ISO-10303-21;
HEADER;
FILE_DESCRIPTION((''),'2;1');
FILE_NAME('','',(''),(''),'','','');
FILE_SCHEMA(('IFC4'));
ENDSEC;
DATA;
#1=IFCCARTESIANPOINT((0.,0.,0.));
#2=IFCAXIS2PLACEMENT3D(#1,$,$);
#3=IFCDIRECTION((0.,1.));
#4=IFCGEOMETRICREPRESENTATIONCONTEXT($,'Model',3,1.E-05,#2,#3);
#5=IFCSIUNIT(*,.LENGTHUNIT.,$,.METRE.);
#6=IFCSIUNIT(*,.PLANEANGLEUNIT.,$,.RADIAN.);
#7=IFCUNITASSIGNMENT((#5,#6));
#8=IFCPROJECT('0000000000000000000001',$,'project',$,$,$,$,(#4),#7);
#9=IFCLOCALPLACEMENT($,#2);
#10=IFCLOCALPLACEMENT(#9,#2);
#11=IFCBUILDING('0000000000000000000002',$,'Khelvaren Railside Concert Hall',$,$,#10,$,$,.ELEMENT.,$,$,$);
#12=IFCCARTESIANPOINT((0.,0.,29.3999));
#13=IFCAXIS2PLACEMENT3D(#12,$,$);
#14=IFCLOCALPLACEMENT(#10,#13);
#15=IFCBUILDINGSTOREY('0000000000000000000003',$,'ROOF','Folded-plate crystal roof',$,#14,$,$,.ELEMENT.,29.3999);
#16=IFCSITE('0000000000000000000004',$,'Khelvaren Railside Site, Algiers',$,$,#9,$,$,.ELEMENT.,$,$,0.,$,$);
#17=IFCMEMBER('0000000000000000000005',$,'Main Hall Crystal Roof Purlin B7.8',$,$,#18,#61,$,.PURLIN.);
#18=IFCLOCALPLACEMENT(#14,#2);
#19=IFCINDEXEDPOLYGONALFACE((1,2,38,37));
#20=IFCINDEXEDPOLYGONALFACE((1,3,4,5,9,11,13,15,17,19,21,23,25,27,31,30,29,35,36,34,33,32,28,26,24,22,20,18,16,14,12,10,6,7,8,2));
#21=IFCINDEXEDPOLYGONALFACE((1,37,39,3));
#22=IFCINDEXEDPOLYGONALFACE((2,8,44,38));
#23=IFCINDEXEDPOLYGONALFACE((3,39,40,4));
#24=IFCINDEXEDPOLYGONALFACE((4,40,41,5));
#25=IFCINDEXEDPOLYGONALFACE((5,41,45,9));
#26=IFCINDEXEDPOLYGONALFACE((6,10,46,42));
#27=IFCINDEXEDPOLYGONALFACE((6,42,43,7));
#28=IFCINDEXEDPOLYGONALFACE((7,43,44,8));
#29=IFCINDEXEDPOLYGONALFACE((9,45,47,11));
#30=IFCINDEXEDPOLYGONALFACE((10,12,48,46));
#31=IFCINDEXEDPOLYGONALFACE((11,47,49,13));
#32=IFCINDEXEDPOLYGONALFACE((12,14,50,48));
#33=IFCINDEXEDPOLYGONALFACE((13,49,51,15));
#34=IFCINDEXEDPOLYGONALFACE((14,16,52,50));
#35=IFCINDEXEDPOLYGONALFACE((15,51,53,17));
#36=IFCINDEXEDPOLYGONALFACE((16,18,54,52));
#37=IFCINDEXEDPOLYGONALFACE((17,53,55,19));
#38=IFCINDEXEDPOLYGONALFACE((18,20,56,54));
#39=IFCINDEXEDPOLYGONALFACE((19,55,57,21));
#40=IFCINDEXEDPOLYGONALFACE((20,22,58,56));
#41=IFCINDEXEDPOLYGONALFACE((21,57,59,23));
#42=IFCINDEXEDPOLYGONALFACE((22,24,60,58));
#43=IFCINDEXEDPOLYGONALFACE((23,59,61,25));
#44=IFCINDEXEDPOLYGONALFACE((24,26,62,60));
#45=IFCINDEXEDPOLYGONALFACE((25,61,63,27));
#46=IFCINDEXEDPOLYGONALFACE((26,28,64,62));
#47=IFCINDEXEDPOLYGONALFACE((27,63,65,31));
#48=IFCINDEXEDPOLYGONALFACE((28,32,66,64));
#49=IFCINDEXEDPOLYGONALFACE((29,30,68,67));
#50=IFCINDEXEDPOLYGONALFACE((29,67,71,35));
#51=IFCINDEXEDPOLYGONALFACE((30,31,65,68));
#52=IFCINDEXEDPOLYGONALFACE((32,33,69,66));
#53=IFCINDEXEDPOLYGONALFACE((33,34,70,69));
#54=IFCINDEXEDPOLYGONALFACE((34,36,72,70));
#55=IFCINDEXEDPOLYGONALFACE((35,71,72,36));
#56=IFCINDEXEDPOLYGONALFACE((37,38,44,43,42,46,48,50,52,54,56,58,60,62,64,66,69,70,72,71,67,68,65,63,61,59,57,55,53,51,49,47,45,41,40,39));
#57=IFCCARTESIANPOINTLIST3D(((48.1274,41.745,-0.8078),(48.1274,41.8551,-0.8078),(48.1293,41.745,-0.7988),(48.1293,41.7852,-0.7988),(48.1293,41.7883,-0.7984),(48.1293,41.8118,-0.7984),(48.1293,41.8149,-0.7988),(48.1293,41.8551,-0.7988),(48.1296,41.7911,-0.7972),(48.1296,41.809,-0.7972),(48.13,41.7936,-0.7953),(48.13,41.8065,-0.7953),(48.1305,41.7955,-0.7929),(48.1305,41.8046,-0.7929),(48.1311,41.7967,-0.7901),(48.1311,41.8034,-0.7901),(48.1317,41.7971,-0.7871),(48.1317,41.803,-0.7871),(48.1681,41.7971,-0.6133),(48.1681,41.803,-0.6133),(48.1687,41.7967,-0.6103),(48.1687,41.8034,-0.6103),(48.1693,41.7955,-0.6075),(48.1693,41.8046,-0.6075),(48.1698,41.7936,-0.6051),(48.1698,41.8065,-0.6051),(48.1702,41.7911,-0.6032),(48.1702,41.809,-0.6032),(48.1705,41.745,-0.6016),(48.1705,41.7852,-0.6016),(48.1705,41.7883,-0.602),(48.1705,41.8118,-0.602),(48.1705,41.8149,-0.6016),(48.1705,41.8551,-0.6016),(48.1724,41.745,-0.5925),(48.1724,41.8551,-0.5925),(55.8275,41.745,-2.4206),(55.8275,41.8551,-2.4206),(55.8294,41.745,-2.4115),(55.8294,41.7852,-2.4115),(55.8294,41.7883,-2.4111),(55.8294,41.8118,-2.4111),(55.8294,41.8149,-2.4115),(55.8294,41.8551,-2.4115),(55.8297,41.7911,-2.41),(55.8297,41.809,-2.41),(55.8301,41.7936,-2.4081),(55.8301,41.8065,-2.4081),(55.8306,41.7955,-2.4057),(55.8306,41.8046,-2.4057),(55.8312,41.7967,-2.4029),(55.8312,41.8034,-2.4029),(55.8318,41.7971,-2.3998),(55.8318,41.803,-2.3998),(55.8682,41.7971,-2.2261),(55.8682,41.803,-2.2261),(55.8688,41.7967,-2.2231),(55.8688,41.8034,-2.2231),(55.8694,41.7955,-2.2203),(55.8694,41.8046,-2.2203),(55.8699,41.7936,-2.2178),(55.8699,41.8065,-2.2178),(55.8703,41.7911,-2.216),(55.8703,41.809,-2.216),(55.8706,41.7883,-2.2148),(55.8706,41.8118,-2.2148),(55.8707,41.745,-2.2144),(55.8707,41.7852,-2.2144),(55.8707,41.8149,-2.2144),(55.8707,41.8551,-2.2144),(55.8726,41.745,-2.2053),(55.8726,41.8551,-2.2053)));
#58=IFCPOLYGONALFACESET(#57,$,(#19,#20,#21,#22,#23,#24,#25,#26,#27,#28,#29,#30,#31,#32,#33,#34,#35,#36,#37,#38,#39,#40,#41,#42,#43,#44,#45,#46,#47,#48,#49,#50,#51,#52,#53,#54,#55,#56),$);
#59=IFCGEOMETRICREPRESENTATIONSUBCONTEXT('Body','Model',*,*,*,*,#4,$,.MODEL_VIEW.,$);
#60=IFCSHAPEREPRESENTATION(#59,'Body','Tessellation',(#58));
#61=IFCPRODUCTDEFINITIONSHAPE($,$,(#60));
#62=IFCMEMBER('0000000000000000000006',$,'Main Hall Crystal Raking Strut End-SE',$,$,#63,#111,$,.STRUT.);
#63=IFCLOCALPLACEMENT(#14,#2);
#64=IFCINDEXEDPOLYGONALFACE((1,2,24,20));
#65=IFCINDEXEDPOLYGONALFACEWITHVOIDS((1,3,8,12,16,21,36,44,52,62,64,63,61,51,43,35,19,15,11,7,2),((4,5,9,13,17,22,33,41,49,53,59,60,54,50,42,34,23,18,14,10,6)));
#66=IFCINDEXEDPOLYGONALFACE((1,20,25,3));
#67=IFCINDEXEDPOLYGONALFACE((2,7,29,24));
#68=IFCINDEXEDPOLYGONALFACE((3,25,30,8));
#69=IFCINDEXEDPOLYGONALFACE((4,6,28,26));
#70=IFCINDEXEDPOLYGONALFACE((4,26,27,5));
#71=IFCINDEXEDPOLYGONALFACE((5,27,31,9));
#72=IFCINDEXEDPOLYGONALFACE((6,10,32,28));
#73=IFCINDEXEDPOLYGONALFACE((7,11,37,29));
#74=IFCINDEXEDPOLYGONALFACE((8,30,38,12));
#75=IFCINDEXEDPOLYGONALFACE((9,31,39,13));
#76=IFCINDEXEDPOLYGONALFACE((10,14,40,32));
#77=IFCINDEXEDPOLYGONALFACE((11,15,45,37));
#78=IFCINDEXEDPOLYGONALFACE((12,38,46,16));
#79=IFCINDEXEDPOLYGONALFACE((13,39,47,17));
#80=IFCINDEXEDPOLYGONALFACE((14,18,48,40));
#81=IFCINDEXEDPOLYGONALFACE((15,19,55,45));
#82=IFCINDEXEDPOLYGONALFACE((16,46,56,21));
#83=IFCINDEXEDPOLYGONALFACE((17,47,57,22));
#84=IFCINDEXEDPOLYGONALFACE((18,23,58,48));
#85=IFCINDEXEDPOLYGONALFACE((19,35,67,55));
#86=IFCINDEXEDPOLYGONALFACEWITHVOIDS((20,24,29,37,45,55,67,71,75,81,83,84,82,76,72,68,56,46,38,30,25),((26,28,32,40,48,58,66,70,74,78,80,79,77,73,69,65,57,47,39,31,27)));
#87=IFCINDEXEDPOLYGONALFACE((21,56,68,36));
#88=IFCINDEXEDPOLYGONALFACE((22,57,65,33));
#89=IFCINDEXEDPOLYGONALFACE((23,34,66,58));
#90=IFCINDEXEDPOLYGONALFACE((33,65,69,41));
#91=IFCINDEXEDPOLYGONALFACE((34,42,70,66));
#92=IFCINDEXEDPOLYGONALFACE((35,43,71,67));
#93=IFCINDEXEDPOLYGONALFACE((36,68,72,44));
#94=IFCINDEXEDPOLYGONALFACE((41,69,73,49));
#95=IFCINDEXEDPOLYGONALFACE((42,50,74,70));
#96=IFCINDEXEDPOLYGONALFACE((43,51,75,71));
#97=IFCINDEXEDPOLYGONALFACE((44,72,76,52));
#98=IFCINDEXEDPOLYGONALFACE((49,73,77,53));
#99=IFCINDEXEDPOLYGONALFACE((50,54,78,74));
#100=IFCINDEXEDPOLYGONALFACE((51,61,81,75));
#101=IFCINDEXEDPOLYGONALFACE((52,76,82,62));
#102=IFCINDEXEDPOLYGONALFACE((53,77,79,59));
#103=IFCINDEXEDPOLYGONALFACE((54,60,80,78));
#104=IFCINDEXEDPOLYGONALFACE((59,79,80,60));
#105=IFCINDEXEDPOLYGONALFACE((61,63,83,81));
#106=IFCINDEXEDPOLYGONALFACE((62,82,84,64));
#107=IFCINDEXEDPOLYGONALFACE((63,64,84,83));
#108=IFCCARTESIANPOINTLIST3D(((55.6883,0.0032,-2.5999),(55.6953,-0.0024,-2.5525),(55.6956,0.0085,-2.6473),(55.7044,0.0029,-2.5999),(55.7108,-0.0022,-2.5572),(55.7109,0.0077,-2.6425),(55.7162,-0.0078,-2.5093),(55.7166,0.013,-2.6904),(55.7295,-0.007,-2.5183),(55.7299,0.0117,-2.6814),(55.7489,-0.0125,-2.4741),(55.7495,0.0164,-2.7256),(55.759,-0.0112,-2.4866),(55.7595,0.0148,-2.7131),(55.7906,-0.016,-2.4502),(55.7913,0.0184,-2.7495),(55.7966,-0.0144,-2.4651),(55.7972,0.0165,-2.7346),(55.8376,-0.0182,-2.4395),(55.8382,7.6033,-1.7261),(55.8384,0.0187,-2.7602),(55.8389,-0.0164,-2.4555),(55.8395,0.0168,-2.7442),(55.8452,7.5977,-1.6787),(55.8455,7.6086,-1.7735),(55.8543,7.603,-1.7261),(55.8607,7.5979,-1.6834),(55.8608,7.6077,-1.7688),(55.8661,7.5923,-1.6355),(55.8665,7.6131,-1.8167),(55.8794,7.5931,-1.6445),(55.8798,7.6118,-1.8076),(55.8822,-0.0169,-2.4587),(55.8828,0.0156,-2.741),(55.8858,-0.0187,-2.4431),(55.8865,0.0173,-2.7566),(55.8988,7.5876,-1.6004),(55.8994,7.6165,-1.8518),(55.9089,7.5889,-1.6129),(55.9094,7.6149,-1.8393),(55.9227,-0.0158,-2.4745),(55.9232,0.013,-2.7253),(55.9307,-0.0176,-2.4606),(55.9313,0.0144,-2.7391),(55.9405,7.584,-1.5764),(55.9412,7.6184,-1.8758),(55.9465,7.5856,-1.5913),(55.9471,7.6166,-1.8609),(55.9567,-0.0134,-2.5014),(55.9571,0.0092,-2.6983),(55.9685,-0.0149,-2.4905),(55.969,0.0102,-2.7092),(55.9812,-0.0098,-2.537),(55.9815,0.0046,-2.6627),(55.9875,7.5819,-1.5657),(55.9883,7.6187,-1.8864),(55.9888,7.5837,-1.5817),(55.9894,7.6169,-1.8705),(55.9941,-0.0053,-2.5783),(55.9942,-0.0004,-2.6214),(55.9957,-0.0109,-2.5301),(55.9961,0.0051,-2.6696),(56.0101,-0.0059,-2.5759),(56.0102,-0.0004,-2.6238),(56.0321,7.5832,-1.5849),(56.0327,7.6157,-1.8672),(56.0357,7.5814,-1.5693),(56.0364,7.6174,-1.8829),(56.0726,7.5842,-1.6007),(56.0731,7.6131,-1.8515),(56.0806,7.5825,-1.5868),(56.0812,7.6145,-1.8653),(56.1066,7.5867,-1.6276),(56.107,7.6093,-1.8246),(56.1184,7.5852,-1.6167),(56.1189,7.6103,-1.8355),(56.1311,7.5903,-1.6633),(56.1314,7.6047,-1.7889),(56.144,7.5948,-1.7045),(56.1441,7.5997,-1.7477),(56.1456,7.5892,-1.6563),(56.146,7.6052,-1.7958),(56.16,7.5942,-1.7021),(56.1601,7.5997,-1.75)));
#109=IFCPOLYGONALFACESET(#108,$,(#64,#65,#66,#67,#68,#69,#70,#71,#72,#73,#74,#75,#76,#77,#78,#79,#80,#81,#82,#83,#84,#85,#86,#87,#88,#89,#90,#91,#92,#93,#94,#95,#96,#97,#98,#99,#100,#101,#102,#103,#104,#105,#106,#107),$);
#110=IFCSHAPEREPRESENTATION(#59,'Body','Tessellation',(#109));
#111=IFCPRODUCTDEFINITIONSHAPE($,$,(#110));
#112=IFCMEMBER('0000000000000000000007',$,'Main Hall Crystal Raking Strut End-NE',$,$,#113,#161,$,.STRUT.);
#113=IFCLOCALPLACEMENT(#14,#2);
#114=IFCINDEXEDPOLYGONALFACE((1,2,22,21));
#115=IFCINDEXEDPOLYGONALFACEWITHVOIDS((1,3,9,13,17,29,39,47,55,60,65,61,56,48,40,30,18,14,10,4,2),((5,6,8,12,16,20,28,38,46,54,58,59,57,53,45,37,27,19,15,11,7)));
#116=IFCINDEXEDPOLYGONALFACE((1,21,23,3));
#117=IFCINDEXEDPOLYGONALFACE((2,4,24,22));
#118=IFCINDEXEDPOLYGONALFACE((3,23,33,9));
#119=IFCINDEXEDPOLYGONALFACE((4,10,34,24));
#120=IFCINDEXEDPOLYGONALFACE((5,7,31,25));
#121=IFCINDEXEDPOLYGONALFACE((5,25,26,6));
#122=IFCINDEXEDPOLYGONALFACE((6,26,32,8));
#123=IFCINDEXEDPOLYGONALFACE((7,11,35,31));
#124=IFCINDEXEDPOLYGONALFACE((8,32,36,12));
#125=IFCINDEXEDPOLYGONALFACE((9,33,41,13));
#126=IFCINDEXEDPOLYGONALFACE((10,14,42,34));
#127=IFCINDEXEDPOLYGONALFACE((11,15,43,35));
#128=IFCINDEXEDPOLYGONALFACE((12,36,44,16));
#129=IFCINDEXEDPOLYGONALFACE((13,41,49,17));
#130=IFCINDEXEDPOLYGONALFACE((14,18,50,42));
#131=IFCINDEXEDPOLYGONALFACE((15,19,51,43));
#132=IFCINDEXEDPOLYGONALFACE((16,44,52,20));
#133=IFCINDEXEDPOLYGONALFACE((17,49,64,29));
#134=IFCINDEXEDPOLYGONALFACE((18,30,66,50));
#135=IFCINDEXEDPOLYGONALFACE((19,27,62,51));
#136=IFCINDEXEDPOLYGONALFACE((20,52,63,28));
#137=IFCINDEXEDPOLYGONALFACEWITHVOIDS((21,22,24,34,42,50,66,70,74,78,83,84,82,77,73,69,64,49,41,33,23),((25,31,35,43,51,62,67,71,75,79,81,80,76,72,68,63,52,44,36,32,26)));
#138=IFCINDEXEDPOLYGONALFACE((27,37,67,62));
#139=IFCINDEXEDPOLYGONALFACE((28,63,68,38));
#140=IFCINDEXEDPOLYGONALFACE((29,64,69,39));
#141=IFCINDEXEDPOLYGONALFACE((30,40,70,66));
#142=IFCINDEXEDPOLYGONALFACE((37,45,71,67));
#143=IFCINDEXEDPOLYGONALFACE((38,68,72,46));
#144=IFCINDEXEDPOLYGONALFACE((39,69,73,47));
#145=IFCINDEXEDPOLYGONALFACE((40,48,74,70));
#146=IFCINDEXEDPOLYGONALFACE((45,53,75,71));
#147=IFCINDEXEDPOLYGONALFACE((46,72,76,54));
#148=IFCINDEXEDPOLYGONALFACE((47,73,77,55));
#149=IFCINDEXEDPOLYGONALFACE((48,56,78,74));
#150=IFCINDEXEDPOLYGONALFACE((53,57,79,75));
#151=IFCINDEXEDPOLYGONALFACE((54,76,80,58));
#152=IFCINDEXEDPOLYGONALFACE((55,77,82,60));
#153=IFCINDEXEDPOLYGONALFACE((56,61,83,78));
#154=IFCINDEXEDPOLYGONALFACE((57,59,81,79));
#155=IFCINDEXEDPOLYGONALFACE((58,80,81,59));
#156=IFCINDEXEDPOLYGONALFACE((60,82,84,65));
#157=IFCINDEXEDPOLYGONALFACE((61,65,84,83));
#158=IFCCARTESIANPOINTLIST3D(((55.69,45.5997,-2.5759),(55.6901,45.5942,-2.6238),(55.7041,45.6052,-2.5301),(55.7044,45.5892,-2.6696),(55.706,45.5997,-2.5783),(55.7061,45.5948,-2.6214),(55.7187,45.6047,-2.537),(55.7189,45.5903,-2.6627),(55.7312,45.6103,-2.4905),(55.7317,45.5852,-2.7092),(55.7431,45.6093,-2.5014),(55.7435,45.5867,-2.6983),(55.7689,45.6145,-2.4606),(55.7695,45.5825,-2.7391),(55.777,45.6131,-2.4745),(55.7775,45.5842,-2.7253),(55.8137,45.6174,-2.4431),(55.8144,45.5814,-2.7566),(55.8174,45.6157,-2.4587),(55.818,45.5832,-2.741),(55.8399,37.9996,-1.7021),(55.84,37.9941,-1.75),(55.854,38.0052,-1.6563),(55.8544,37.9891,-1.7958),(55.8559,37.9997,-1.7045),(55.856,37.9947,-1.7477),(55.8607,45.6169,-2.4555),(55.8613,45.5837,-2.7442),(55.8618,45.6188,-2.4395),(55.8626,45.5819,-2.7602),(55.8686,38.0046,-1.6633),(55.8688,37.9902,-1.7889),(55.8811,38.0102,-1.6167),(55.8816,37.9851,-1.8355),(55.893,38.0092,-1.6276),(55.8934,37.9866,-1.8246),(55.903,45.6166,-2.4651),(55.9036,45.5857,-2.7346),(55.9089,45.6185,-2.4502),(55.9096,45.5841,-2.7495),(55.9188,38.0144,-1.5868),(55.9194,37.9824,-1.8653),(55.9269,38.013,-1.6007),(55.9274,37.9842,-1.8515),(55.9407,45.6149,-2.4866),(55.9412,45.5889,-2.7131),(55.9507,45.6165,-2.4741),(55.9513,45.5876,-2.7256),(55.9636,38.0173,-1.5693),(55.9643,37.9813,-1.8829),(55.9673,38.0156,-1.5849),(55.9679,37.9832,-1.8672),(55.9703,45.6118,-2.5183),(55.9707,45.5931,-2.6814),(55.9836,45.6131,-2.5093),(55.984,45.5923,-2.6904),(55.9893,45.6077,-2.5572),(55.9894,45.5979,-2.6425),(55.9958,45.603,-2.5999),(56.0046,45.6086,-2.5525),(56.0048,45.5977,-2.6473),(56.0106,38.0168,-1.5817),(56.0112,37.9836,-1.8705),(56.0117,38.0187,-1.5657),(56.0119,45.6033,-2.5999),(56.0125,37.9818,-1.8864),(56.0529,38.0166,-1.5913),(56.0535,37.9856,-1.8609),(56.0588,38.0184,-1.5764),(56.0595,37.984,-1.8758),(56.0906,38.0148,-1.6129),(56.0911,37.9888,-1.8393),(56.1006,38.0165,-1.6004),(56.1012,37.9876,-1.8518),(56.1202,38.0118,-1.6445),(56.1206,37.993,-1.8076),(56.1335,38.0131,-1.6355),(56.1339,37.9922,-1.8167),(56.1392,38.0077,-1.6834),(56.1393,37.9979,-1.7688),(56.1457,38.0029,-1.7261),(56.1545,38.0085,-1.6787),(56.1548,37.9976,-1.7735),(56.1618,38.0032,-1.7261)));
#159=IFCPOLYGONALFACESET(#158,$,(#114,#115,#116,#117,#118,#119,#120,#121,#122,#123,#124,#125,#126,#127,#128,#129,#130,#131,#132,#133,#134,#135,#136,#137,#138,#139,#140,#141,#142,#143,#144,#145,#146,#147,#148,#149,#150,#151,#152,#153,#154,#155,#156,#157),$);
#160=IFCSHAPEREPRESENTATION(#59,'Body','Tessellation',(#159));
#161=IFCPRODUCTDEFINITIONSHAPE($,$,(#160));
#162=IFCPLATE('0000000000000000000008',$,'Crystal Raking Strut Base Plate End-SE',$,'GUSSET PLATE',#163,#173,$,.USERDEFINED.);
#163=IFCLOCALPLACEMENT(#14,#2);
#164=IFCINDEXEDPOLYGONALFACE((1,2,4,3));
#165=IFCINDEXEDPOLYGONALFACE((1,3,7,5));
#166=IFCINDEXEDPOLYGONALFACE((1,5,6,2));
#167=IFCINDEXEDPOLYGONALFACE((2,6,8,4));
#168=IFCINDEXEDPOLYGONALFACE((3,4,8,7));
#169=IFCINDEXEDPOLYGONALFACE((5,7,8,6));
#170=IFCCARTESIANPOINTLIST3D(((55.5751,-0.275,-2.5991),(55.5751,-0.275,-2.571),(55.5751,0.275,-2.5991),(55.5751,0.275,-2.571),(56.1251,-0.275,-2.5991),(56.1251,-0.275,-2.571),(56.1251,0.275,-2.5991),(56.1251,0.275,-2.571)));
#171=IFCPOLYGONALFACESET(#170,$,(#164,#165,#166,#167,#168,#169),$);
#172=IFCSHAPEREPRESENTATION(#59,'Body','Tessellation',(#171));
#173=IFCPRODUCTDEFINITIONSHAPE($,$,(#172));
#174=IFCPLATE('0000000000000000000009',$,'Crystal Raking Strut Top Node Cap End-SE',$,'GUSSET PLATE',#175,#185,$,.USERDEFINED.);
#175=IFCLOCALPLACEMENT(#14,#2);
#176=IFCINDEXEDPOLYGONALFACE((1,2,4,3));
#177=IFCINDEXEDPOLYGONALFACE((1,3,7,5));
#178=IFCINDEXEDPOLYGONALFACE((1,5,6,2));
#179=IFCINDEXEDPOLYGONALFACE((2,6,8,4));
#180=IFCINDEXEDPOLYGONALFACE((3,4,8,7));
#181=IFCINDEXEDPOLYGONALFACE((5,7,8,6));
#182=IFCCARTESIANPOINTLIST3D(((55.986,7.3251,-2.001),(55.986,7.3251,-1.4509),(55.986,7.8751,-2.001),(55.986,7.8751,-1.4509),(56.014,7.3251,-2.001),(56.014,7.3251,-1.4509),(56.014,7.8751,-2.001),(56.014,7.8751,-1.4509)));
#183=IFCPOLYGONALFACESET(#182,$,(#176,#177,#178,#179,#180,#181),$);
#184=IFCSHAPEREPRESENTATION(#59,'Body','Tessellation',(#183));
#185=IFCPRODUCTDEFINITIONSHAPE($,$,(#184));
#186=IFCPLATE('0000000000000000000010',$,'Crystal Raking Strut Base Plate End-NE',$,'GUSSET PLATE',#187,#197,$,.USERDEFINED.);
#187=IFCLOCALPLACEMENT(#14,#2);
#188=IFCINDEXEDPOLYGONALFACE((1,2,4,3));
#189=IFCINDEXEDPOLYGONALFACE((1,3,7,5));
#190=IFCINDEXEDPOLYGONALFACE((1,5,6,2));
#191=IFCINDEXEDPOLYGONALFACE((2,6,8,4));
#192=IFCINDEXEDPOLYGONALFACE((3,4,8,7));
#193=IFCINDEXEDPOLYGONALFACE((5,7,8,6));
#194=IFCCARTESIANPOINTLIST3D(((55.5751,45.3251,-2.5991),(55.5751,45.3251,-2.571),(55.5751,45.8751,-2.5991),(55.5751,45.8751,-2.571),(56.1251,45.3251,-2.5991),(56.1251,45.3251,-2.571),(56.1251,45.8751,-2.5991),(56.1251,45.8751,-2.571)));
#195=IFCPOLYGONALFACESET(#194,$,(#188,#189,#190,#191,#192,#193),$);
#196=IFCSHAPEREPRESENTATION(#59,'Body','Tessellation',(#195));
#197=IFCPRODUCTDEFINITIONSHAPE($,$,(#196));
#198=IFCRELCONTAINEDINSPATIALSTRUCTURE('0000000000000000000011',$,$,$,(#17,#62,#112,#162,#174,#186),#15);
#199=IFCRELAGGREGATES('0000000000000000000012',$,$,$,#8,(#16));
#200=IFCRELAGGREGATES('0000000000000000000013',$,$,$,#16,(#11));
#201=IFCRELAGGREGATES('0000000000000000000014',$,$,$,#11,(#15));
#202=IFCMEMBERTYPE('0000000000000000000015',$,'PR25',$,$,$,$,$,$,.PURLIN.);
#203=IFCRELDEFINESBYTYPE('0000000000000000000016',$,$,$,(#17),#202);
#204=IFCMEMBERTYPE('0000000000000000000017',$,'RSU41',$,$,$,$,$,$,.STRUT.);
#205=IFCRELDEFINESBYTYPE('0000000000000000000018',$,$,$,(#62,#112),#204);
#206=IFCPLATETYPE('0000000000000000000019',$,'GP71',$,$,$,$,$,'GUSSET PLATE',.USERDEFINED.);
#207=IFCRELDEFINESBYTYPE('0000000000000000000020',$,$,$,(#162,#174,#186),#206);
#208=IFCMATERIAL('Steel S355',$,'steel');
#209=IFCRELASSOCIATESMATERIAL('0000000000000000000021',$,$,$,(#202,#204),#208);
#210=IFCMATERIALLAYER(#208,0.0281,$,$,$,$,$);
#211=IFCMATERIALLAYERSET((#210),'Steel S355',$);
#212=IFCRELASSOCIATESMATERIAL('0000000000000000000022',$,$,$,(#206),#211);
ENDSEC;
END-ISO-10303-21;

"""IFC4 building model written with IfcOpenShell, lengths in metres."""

from ifc_helpers import new_model, si_unit, direction, frame, origin, origin_2d, place, context, subcontext, project, spatial, rectangle, hollow_circle, i_section, extrude, material, layer, layer_set, material_profile, profile_set, type_object, element, save


model = new_model("IFC4")

# Units and contexts
model_context = context("Model", 3, precision=1e-05, world=origin(), true_north=direction((0.0, 1.0)))
body_context = subcontext(model_context, "Body", "Model", "MODEL_VIEW")
ifc_project = project(units=[si_unit("LENGTHUNIT", "METRE"), si_unit("PLANEANGLEUNIT", "RADIAN")], contexts=[model_context])

# Site, building, storey
site_placement = place(None, origin())
site = spatial("IfcSite", under=ifc_project, at=site_placement, Name="Khelvaren Railside Site, Algiers", CompositionType="ELEMENT", RefElevation=0.0)
building_placement = place(site_placement, origin())
building = spatial("IfcBuilding", under=site, at=building_placement, Name="Khelvaren Railside Concert Hall", CompositionType="ELEMENT")
storey_placement = place(building_placement, frame((0.0, 0.0, 29.3999)))
storey = spatial("IfcBuildingStorey", under=building, at=storey_placement, Name="ROOF", Description="Folded-plate crystal roof", CompositionType="ELEMENT", Elevation=29.3999)

# Shared definitions
ifc_material_1 = material(Name="Steel S355", Category="steel")

# Members
ifc_material_profile_1 = material_profile(ifc_material_1, i_section(OverallWidth=0.1101, OverallDepth=0.22, WebThickness=0.0059, FlangeThickness=0.0093, FilletRadius=0.012, at=origin_2d()), Name="IPE 220")
ifc_profile_set_1 = profile_set([ifc_material_profile_1], Name="Steel S355")
member_type_1 = type_object("IfcMemberType", Name="PR25", PredefinedType="PURLIN", material=ifc_profile_set_1)
member_placement = place(storey_placement, frame((48.1499, 41.8, -0.7002), z_axis=(0.978762, 0.0, -0.205), x_axis=(0.0, 1.0, 0.0)))
element("IfcMember", 1, at=member_placement, inside=storey, type_object=member_type_1, Name="Main Hall Crystal Roof Purlin B7.8", PredefinedType="PURLIN", context=body_context, shape_type="SweptSolid", body=[
    extrude(i_section(OverallWidth=0.1101, OverallDepth=0.22, WebThickness=0.0059, FlangeThickness=0.0093, FilletRadius=0.012, at=origin_2d()), origin(), (0.0, 0.0, 1.0), 7.8672),
])
ifc_material_profile_2 = material_profile(ifc_material_1, hollow_circle(Radius=0.1619, WallThickness=0.0161, at=origin_2d()), Name="CHS 323.9x16")
ifc_profile_set_2 = profile_set([ifc_material_profile_2], Name="Steel S355")
member_type_2 = type_object("IfcMemberType", Name="RSU41", PredefinedType="STRUT", material=ifc_profile_set_2)
for number, where, z_axis, x_axis, name in (
    (2, (55.8501, 0.0, -2.5999), (0.019591, 0.993265, 0.114195), (-0.999806, 0.01972, 0.0), "Main Hall Crystal Raking Strut End-SE"),
    (3, (55.8501, 45.6001, -2.5999), (0.019591, -0.993265, 0.114195), (0.999806, 0.01972, 0.0), "Main Hall Crystal Raking Strut End-NE"),
):
    element("IfcMember", number, at=place(storey_placement, frame(where, z_axis=z_axis, x_axis=x_axis)), inside=storey, type_object=member_type_2, Name=name, PredefinedType="STRUT", context=body_context, shape_type="SweptSolid", body=[
        extrude(hollow_circle(Radius=0.1619, WallThickness=0.0161, at=origin_2d()), origin(), (0.0, 0.0, 1.0), 7.6516),
    ])

# Plates
ifc_layer_1 = layer(ifc_material_1, 0.0281)
ifc_layer_set_1 = layer_set([ifc_layer_1], Name="Steel S355")
plate_type = type_object("IfcPlateType", Name="GP71", ElementType="GUSSET PLATE", PredefinedType="USERDEFINED", material=ifc_layer_set_1)
plate_1_placement = place(storey_placement, frame((55.8501, 0.0, -2.5991), z_axis=(0.0, 0.0, 1.0), x_axis=(1.0, 0.0, 0.0)))
element("IfcPlate", 4, at=plate_1_placement, inside=storey, type_object=plate_type, Name="Crystal Raking Strut Base Plate End-SE", ObjectType="GUSSET PLATE", PredefinedType="USERDEFINED", context=body_context, shape_type="SweptSolid", body=[
    extrude(rectangle(XDim=0.55, YDim=0.55, at=origin_2d()), origin(), (0.0, 0.0, 1.0), 0.0281),
])
plate_2_placement = place(storey_placement, frame((56.0, 7.6001, -2.001), z_axis=(0.0, 0.0, 1.0), x_axis=(1.0, 0.0, 0.0)))
element("IfcPlate", 5, at=plate_2_placement, inside=storey, type_object=plate_type, Name="Crystal Raking Strut Top Node Cap End-SE", ObjectType="GUSSET PLATE", PredefinedType="USERDEFINED", context=body_context, shape_type="SweptSolid", body=[
    extrude(rectangle(XDim=0.0281, YDim=0.55, at=origin_2d()), origin(), (0.0, 0.0, 1.0), 0.55),
])
plate_3_placement = place(storey_placement, frame((55.8501, 45.6001, -2.5991), z_axis=(0.0, 0.0, 1.0), x_axis=(1.0, 0.0, 0.0)))
element("IfcPlate", 6, at=plate_3_placement, inside=storey, type_object=plate_type, Name="Crystal Raking Strut Base Plate End-NE", ObjectType="GUSSET PLATE", PredefinedType="USERDEFINED", context=body_context, shape_type="SweptSolid", body=[
    extrude(rectangle(XDim=0.55, YDim=0.55, at=origin_2d()), origin(), (0.0, 0.0, 1.0), 0.0281),
])

save(model, "model.ifc")
